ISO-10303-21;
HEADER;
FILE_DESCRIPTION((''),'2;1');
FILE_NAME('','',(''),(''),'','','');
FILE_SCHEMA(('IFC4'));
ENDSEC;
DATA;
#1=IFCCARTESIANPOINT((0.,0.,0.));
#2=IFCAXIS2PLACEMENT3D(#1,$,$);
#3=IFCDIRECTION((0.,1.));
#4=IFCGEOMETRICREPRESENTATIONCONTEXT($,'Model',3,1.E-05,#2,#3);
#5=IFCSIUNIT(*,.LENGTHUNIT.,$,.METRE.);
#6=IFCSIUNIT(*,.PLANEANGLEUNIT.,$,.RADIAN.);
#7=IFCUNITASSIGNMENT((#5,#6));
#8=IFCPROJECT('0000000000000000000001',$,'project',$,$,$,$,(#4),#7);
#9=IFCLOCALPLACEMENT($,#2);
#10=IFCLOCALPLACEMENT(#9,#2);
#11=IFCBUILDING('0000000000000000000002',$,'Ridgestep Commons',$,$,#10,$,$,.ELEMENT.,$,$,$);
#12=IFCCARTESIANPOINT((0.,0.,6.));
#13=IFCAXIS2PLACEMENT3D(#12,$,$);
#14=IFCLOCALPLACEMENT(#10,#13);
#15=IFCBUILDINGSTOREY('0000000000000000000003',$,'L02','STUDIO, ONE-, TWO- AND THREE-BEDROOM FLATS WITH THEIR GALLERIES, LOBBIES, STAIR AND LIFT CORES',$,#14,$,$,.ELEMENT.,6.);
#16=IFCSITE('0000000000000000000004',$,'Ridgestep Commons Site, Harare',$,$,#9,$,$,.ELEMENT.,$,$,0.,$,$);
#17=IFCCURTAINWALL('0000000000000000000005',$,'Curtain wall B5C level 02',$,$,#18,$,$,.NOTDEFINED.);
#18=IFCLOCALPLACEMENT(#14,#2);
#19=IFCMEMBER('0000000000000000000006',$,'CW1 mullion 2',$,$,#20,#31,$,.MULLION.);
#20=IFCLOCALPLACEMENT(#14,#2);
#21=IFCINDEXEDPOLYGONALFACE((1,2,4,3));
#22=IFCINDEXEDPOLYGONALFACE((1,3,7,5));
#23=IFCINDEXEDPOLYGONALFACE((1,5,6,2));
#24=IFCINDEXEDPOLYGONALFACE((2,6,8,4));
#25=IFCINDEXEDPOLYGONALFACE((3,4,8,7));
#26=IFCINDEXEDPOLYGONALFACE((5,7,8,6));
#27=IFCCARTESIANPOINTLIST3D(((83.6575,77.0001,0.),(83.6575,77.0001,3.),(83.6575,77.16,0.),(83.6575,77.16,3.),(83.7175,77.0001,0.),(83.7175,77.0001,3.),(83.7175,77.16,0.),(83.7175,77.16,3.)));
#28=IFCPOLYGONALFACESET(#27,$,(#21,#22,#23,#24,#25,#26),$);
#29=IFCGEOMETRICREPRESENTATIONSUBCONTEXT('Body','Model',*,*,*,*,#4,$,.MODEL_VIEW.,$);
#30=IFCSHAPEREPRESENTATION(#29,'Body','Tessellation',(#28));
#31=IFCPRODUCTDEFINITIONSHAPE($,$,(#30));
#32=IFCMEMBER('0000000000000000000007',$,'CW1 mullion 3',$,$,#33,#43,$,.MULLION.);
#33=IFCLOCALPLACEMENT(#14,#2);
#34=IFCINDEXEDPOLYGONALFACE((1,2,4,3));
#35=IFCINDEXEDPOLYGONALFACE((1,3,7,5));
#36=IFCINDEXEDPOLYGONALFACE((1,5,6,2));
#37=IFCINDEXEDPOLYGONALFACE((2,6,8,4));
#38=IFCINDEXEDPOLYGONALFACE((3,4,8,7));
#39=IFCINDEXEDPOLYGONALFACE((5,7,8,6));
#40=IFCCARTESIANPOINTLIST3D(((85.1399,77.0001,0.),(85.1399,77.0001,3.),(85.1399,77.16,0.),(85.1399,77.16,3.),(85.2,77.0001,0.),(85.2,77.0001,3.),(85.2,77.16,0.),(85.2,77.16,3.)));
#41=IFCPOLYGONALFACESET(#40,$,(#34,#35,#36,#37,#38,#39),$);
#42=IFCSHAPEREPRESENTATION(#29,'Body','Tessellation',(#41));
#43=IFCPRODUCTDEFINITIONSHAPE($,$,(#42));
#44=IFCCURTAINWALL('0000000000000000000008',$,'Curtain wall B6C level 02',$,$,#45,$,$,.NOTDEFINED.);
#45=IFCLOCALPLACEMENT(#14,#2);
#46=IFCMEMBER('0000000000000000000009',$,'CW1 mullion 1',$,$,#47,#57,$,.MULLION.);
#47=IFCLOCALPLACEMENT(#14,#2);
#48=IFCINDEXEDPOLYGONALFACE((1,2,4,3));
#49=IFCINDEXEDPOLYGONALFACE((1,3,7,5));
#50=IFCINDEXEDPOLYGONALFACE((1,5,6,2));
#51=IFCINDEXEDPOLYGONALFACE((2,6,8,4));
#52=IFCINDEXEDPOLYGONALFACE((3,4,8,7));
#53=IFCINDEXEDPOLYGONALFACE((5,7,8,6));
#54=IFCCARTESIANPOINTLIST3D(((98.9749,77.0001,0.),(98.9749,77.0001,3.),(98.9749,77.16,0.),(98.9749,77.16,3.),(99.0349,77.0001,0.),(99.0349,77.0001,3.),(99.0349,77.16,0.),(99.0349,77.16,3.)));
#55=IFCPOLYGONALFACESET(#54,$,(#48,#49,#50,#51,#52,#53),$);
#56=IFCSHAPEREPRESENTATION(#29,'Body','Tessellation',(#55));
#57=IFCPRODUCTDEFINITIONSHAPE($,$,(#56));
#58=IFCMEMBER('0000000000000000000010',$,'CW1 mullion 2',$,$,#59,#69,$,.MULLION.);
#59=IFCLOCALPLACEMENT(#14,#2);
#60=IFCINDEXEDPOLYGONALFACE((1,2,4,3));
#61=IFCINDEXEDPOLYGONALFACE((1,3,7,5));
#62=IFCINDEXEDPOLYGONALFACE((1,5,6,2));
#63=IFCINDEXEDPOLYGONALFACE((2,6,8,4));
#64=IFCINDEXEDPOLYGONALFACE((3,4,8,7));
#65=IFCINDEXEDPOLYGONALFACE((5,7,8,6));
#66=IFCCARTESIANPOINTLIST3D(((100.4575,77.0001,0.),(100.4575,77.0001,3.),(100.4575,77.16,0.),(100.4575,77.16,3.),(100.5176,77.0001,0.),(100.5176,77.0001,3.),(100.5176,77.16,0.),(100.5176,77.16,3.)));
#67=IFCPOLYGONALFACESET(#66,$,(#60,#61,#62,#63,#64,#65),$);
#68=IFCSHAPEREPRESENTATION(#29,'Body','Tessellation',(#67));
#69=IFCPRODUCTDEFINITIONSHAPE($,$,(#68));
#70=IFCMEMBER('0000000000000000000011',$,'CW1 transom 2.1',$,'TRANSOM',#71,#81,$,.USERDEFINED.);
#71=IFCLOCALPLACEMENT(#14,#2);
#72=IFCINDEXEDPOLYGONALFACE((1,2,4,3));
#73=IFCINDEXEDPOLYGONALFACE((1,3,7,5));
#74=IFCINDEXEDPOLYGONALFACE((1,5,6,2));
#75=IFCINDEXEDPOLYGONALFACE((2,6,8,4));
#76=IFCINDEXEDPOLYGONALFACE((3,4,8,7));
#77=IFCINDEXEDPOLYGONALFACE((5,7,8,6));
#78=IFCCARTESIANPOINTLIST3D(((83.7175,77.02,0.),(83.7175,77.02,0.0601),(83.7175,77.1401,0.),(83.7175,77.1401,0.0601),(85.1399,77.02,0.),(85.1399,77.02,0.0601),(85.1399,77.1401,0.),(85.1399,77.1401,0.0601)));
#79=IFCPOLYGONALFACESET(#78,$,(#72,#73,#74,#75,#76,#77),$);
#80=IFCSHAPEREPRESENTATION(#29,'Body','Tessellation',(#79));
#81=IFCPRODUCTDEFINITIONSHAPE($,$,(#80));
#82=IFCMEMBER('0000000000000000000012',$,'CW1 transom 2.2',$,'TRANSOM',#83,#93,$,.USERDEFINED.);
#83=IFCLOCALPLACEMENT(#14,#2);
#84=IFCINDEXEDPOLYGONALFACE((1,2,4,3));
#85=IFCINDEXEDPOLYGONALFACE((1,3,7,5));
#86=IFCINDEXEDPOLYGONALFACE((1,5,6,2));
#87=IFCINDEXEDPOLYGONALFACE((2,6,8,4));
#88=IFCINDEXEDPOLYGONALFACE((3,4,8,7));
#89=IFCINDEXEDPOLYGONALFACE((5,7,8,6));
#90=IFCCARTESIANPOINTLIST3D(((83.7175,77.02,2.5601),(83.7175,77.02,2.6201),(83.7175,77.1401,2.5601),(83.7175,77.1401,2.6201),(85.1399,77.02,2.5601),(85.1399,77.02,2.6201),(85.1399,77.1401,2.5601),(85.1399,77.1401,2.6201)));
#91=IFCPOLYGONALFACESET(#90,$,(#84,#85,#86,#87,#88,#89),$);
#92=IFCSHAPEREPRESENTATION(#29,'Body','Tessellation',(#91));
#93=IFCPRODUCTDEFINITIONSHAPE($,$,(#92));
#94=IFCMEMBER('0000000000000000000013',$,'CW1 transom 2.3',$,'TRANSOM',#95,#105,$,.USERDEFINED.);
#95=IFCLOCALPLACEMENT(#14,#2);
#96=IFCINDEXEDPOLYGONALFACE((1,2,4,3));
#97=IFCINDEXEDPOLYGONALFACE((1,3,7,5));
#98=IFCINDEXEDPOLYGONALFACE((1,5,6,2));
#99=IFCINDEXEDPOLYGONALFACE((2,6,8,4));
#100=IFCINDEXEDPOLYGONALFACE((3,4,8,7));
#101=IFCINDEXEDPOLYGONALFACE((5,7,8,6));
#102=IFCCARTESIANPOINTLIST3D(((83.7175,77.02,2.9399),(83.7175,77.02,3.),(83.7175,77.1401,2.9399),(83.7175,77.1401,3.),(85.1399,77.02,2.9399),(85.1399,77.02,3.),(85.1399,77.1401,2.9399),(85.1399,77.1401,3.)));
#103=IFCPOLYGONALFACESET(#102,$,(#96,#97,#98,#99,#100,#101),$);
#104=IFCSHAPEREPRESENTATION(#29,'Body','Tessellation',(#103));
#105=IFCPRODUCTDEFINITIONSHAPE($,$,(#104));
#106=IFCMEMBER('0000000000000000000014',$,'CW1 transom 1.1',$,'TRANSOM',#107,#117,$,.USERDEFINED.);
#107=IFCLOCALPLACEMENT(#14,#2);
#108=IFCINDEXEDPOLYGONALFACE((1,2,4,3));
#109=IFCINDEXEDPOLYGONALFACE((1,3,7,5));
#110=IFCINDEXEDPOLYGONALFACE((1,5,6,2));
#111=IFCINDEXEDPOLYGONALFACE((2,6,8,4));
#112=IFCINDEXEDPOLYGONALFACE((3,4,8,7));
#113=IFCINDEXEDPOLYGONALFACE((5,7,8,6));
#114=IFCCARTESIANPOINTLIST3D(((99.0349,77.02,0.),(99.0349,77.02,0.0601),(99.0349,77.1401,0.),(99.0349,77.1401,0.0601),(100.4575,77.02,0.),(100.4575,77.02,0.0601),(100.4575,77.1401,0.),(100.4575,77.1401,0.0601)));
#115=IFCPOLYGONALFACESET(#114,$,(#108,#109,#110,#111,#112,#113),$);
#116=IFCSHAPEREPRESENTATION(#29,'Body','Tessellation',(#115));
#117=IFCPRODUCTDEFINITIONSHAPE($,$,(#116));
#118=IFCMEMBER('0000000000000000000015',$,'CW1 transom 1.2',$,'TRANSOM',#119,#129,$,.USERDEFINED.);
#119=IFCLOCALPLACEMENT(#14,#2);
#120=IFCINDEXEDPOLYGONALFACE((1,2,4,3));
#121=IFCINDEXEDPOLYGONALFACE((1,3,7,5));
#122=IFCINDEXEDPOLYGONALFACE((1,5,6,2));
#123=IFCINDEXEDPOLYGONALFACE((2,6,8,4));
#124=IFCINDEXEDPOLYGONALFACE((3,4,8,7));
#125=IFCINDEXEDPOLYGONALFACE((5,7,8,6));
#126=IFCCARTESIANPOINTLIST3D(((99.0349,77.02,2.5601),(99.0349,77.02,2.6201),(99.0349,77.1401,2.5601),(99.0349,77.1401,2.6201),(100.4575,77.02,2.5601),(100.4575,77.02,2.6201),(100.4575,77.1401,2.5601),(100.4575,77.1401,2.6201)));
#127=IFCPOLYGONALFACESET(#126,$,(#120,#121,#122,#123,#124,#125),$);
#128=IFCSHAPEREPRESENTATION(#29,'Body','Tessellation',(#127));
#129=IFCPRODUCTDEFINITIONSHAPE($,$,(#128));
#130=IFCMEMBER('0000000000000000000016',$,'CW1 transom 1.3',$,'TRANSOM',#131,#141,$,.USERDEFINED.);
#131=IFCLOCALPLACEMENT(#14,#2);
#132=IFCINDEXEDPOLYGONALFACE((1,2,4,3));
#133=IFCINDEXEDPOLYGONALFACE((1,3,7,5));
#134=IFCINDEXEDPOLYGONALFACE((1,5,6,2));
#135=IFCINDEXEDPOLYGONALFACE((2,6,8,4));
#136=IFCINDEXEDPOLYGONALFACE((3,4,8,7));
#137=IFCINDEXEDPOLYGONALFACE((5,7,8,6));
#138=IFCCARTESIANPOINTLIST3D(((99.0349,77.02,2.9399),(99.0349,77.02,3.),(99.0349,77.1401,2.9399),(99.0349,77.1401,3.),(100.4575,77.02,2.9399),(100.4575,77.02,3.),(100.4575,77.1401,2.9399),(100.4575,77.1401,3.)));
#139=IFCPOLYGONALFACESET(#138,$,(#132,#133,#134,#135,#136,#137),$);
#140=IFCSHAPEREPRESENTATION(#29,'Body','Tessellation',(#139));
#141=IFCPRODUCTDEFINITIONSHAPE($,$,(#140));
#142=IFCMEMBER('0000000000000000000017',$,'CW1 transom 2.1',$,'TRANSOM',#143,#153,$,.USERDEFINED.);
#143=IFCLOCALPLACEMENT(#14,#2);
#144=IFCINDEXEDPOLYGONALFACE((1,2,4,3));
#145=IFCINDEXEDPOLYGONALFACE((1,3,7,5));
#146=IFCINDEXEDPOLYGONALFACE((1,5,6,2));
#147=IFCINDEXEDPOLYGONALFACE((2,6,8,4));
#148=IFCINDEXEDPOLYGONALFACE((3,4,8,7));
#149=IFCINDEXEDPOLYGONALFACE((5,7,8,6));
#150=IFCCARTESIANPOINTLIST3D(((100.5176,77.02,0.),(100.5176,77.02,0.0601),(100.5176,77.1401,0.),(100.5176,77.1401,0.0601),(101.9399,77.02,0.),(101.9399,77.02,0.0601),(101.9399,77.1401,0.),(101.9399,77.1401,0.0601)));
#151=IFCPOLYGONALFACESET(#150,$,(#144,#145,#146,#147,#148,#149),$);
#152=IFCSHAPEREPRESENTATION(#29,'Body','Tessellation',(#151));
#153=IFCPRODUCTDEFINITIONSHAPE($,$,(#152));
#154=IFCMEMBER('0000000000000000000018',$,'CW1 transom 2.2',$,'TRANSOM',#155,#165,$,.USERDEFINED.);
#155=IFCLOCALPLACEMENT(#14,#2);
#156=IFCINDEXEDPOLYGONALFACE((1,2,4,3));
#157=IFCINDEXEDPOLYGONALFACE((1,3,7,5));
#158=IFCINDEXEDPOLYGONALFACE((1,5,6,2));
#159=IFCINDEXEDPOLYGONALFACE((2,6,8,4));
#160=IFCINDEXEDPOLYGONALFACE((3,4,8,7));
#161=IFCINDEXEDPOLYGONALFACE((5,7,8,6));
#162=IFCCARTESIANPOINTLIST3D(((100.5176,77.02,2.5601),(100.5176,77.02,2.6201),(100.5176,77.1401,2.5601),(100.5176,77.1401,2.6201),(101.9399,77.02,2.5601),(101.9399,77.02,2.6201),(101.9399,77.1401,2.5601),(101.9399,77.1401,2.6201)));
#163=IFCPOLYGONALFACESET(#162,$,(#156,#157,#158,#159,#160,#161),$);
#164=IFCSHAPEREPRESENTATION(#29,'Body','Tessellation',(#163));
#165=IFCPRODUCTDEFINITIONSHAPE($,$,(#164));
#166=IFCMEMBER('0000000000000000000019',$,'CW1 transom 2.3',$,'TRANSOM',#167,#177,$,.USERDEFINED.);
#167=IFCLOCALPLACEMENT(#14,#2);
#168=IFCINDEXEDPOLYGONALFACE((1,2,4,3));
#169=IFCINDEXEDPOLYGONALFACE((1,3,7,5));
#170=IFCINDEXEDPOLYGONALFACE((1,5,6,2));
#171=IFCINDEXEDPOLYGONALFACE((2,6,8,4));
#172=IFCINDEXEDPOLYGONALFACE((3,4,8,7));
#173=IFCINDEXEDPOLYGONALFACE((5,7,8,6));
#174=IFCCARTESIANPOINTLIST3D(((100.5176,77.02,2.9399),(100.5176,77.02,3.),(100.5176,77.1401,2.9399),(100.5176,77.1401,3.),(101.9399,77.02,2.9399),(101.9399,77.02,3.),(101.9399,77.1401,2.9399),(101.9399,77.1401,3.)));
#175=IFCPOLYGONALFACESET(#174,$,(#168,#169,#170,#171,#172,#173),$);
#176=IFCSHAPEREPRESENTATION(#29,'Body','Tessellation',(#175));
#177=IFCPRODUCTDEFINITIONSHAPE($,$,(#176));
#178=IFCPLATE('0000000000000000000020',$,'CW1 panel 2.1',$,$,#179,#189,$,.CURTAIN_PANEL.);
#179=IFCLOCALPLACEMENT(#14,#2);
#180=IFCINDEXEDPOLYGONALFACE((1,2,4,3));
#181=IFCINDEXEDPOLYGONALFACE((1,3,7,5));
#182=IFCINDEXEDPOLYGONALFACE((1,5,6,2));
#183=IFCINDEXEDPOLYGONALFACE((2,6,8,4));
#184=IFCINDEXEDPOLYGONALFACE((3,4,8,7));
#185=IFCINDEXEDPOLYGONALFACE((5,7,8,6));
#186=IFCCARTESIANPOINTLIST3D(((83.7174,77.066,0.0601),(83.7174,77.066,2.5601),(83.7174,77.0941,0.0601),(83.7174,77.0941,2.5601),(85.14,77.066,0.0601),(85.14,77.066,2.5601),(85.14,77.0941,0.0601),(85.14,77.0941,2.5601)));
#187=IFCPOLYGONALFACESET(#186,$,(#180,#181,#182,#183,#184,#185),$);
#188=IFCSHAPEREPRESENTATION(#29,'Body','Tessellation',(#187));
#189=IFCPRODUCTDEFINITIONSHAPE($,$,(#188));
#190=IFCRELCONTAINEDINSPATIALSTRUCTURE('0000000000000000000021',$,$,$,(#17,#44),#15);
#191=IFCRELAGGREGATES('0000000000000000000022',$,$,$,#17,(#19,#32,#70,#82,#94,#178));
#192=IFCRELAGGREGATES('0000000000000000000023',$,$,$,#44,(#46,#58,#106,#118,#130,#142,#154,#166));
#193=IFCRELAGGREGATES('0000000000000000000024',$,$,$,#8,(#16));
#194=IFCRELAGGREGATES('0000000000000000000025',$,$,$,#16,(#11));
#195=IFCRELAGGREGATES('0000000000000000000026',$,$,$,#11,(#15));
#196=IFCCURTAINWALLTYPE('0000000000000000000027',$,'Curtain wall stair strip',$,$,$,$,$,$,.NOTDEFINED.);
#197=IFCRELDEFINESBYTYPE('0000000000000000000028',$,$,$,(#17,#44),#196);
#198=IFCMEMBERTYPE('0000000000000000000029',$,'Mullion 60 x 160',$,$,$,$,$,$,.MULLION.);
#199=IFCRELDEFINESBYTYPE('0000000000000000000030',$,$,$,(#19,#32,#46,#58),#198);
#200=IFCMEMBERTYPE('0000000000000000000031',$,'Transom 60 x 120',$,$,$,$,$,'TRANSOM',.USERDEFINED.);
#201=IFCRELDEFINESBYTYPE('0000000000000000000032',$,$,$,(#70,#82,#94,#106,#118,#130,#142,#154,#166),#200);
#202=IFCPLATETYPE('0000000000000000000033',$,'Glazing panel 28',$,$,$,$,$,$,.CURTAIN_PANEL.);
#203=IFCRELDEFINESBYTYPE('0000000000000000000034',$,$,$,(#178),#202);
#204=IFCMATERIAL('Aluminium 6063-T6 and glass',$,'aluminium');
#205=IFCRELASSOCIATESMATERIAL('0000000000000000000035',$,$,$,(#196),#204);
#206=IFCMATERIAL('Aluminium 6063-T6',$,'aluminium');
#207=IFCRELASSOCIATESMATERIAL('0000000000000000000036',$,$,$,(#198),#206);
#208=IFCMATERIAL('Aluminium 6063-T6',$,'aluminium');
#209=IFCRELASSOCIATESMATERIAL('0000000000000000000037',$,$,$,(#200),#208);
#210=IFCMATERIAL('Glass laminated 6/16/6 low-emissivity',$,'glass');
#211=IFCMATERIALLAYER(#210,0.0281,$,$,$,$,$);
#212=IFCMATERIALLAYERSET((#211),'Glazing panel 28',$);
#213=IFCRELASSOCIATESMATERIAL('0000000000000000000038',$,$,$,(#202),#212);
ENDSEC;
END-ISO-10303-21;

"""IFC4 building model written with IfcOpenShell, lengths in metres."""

from ifc_helpers import new_model, si_unit, direction, frame, origin, origin_2d, place, context, subcontext, project, spatial, rectangle, extrude, material, layer, layer_set, material_profile, profile_set, type_object, element, aggregate, save


model = new_model("IFC4")

# Units and contexts
model_context = context("Model", 3, precision=1e-05, world=origin(), true_north=direction((0.0, 1.0)))
body_context = subcontext(model_context, "Body", "Model", "MODEL_VIEW")
ifc_project = project(units=[si_unit("LENGTHUNIT", "METRE"), si_unit("PLANEANGLEUNIT", "RADIAN")], contexts=[model_context])

# Site, building, storey
site_placement = place(None, origin())
site = spatial("IfcSite", under=ifc_project, at=site_placement, Name="Ridgestep Commons Site, Harare", CompositionType="ELEMENT", RefElevation=0.0)
building_placement = place(site_placement, origin())
building = spatial("IfcBuilding", under=site, at=building_placement, Name="Ridgestep Commons", CompositionType="ELEMENT")
storey_placement = place(building_placement, frame((0.0, 0.0, 6.0)))
storey = spatial("IfcBuildingStorey", under=building, at=storey_placement, Name="L02", Description="STUDIO, ONE-, TWO- AND THREE-BEDROOM FLATS WITH THEIR GALLERIES, LOBBIES, STAIR AND LIFT CORES", CompositionType="ELEMENT", Elevation=6.0)

# Curtain walls, members
ifc_material_1 = material(Name="Aluminium 6063-T6 and glass", Category="aluminium")
curtain_wall_type = type_object("IfcCurtainWallType", Name="Curtain wall stair strip", PredefinedType="NOTDEFINED", material=ifc_material_1)
curtain_wall_1_placement = place(storey_placement, origin())
curtain_wall_1 = element("IfcCurtainWall", 1, at=curtain_wall_1_placement, inside=storey, type_object=curtain_wall_type, Name="Curtain wall B5C level 02", PredefinedType="NOTDEFINED")
ifc_material_2 = material(Name="Aluminium 6063-T6", Category="aluminium")
ifc_material_profile_1 = material_profile(ifc_material_2, rectangle(XDim=0.1599, YDim=0.0601, at=origin_2d()), Name="Mullion 60 x 160")
ifc_profile_set_1 = profile_set([ifc_material_profile_1], Name="Aluminium 6063-T6")
member_type_1 = type_object("IfcMemberType", Name="Mullion 60 x 160", PredefinedType="MULLION", material=ifc_profile_set_1)
member_1_placement = place(storey_placement, frame((83.6875, 77.0801, 0.0), z_axis=(0.0, 0.0, 1.0), x_axis=(0.0, 1.0, 0.0)))
member_1 = element("IfcMember", 2, at=member_1_placement, type_object=member_type_1, Name="CW1 mullion 2", PredefinedType="MULLION", context=body_context, shape_type="SweptSolid", body=[
    extrude(rectangle(XDim=0.1599, YDim=0.0601, at=origin_2d()), origin(), (0.0, 0.0, 1.0), 3.0),
])
member_2_placement = place(storey_placement, frame((85.1699, 77.0801, 0.0), z_axis=(0.0, 0.0, 1.0), x_axis=(0.0, 1.0, 0.0)))
member_2 = element("IfcMember", 3, at=member_2_placement, type_object=member_type_1, Name="CW1 mullion 3", PredefinedType="MULLION", context=body_context, shape_type="SweptSolid", body=[
    extrude(rectangle(XDim=0.1599, YDim=0.0601, at=origin_2d()), origin(), (0.0, 0.0, 1.0), 3.0),
])
curtain_wall_2_placement = place(storey_placement, origin())
curtain_wall_2 = element("IfcCurtainWall", 4, at=curtain_wall_2_placement, inside=storey, type_object=curtain_wall_type, Name="Curtain wall B6C level 02", PredefinedType="NOTDEFINED")
member_3_placement = place(storey_placement, frame((99.0049, 77.0801, 0.0), z_axis=(0.0, 0.0, 1.0), x_axis=(0.0, 1.0, 0.0)))
member_3 = element("IfcMember", 5, at=member_3_placement, type_object=member_type_1, Name="CW1 mullion 1", PredefinedType="MULLION", context=body_context, shape_type="SweptSolid", body=[
    extrude(rectangle(XDim=0.1599, YDim=0.0601, at=origin_2d()), origin(), (0.0, 0.0, 1.0), 3.0),
])
member_4_placement = place(storey_placement, frame((100.4875, 77.0801, 0.0), z_axis=(0.0, 0.0, 1.0), x_axis=(0.0, 1.0, 0.0)))
member_4 = element("IfcMember", 6, at=member_4_placement, type_object=member_type_1, Name="CW1 mullion 2", PredefinedType="MULLION", context=body_context, shape_type="SweptSolid", body=[
    extrude(rectangle(XDim=0.1599, YDim=0.0601, at=origin_2d()), origin(), (0.0, 0.0, 1.0), 3.0),
])

# Members
ifc_material_3 = material(Name="Aluminium 6063-T6", Category="aluminium")
ifc_material_profile_2 = material_profile(ifc_material_3, rectangle(XDim=0.1201, YDim=0.0601, at=origin_2d()), Name="Transom 60 x 120")
ifc_profile_set_2 = profile_set([ifc_material_profile_2], Name="Aluminium 6063-T6")
member_type_2 = type_object("IfcMemberType", Name="Transom 60 x 120", ElementType="TRANSOM", PredefinedType="USERDEFINED", material=ifc_profile_set_2)
member_5_placement = place(storey_placement, frame((83.7175, 77.0801, 0.03), z_axis=(1.0, 0.0, 0.0), x_axis=(0.0, 1.0, 0.0)))
member_5 = element("IfcMember", 7, at=member_5_placement, type_object=member_type_2, Name="CW1 transom 2.1", ObjectType="TRANSOM", PredefinedType="USERDEFINED", context=body_context, shape_type="SweptSolid", body=[
    extrude(rectangle(XDim=0.1201, YDim=0.0601, at=origin_2d()), origin(), (0.0, 0.0, 1.0), 1.4224),
])
member_6_placement = place(storey_placement, frame((83.7175, 77.0801, 2.5901), z_axis=(1.0, 0.0, 0.0), x_axis=(0.0, 1.0, 0.0)))
member_6 = element("IfcMember", 8, at=member_6_placement, type_object=member_type_2, Name="CW1 transom 2.2", ObjectType="TRANSOM", PredefinedType="USERDEFINED", context=body_context, shape_type="SweptSolid", body=[
    extrude(rectangle(XDim=0.1201, YDim=0.0601, at=origin_2d()), origin(), (0.0, 0.0, 1.0), 1.4224),
])
member_7_placement = place(storey_placement, frame((83.7175, 77.0801, 2.97), z_axis=(1.0, 0.0, 0.0), x_axis=(0.0, 1.0, 0.0)))
member_7 = element("IfcMember", 9, at=member_7_placement, type_object=member_type_2, Name="CW1 transom 2.3", ObjectType="TRANSOM", PredefinedType="USERDEFINED", context=body_context, shape_type="SweptSolid", body=[
    extrude(rectangle(XDim=0.1201, YDim=0.0601, at=origin_2d()), origin(), (0.0, 0.0, 1.0), 1.4224),
])
member_8_placement = place(storey_placement, frame((99.0349, 77.0801, 0.03), z_axis=(1.0, 0.0, 0.0), x_axis=(0.0, 1.0, 0.0)))
member_8 = element("IfcMember", 10, at=member_8_placement, type_object=member_type_2, Name="CW1 transom 1.1", ObjectType="TRANSOM", PredefinedType="USERDEFINED", context=body_context, shape_type="SweptSolid", body=[
    extrude(rectangle(XDim=0.1201, YDim=0.0601, at=origin_2d()), origin(), (0.0, 0.0, 1.0), 1.4226),
])
member_9_placement = place(storey_placement, frame((99.0349, 77.0801, 2.5901), z_axis=(1.0, 0.0, 0.0), x_axis=(0.0, 1.0, 0.0)))
member_9 = element("IfcMember", 11, at=member_9_placement, type_object=member_type_2, Name="CW1 transom 1.2", ObjectType="TRANSOM", PredefinedType="USERDEFINED", context=body_context, shape_type="SweptSolid", body=[
    extrude(rectangle(XDim=0.1201, YDim=0.0601, at=origin_2d()), origin(), (0.0, 0.0, 1.0), 1.4226),
])
member_10_placement = place(storey_placement, frame((99.0349, 77.0801, 2.97), z_axis=(1.0, 0.0, 0.0), x_axis=(0.0, 1.0, 0.0)))
member_10 = element("IfcMember", 12, at=member_10_placement, type_object=member_type_2, Name="CW1 transom 1.3", ObjectType="TRANSOM", PredefinedType="USERDEFINED", context=body_context, shape_type="SweptSolid", body=[
    extrude(rectangle(XDim=0.1201, YDim=0.0601, at=origin_2d()), origin(), (0.0, 0.0, 1.0), 1.4226),
])
member_11_placement = place(storey_placement, frame((100.5176, 77.0801, 0.03), z_axis=(1.0, 0.0, 0.0), x_axis=(0.0, 1.0, 0.0)))
member_11 = element("IfcMember", 13, at=member_11_placement, type_object=member_type_2, Name="CW1 transom 2.1", ObjectType="TRANSOM", PredefinedType="USERDEFINED", context=body_context, shape_type="SweptSolid", body=[
    extrude(rectangle(XDim=0.1201, YDim=0.0601, at=origin_2d()), origin(), (0.0, 0.0, 1.0), 1.4224),
])
member_12_placement = place(storey_placement, frame((100.5176, 77.0801, 2.5901), z_axis=(1.0, 0.0, 0.0), x_axis=(0.0, 1.0, 0.0)))
member_12 = element("IfcMember", 14, at=member_12_placement, type_object=member_type_2, Name="CW1 transom 2.2", ObjectType="TRANSOM", PredefinedType="USERDEFINED", context=body_context, shape_type="SweptSolid", body=[
    extrude(rectangle(XDim=0.1201, YDim=0.0601, at=origin_2d()), origin(), (0.0, 0.0, 1.0), 1.4224),
])
member_13_placement = place(storey_placement, frame((100.5176, 77.0801, 2.97), z_axis=(1.0, 0.0, 0.0), x_axis=(0.0, 1.0, 0.0)))
member_13 = element("IfcMember", 15, at=member_13_placement, type_object=member_type_2, Name="CW1 transom 2.3", ObjectType="TRANSOM", PredefinedType="USERDEFINED", context=body_context, shape_type="SweptSolid", body=[
    extrude(rectangle(XDim=0.1201, YDim=0.0601, at=origin_2d()), origin(), (0.0, 0.0, 1.0), 1.4224),
])

# Plate
ifc_material_4 = material(Name="Glass laminated 6/16/6 low-emissivity", Category="glass")
ifc_layer_1 = layer(ifc_material_4, 0.0281)
ifc_layer_set_1 = layer_set([ifc_layer_1], Name="Glazing panel 28")
plate_type_1 = type_object("IfcPlateType", Name="Glazing panel 28", PredefinedType="CURTAIN_PANEL", material=ifc_layer_set_1)
plate_1_placement = place(storey_placement, frame((84.4287, 77.0801, 0.0601), z_axis=(0.0, 0.0, 1.0), x_axis=(1.0, 0.0, 0.0)))
plate_1 = element("IfcPlate", 16, at=plate_1_placement, type_object=plate_type_1, Name="CW1 panel 2.1", PredefinedType="CURTAIN_PANEL", context=body_context, shape_type="SweptSolid", body=[
    extrude(rectangle(XDim=1.4226, YDim=0.0281, at=origin_2d()), origin(), (0.0, 0.0, 1.0), 2.5),
])
aggregate(curtain_wall_1, [member_1, member_2, member_5, member_6, member_7, plate_1])
aggregate(curtain_wall_2, [member_3, member_4, member_8, member_9, member_10, member_11, member_12, member_13])

save(model, "model.ifc")
